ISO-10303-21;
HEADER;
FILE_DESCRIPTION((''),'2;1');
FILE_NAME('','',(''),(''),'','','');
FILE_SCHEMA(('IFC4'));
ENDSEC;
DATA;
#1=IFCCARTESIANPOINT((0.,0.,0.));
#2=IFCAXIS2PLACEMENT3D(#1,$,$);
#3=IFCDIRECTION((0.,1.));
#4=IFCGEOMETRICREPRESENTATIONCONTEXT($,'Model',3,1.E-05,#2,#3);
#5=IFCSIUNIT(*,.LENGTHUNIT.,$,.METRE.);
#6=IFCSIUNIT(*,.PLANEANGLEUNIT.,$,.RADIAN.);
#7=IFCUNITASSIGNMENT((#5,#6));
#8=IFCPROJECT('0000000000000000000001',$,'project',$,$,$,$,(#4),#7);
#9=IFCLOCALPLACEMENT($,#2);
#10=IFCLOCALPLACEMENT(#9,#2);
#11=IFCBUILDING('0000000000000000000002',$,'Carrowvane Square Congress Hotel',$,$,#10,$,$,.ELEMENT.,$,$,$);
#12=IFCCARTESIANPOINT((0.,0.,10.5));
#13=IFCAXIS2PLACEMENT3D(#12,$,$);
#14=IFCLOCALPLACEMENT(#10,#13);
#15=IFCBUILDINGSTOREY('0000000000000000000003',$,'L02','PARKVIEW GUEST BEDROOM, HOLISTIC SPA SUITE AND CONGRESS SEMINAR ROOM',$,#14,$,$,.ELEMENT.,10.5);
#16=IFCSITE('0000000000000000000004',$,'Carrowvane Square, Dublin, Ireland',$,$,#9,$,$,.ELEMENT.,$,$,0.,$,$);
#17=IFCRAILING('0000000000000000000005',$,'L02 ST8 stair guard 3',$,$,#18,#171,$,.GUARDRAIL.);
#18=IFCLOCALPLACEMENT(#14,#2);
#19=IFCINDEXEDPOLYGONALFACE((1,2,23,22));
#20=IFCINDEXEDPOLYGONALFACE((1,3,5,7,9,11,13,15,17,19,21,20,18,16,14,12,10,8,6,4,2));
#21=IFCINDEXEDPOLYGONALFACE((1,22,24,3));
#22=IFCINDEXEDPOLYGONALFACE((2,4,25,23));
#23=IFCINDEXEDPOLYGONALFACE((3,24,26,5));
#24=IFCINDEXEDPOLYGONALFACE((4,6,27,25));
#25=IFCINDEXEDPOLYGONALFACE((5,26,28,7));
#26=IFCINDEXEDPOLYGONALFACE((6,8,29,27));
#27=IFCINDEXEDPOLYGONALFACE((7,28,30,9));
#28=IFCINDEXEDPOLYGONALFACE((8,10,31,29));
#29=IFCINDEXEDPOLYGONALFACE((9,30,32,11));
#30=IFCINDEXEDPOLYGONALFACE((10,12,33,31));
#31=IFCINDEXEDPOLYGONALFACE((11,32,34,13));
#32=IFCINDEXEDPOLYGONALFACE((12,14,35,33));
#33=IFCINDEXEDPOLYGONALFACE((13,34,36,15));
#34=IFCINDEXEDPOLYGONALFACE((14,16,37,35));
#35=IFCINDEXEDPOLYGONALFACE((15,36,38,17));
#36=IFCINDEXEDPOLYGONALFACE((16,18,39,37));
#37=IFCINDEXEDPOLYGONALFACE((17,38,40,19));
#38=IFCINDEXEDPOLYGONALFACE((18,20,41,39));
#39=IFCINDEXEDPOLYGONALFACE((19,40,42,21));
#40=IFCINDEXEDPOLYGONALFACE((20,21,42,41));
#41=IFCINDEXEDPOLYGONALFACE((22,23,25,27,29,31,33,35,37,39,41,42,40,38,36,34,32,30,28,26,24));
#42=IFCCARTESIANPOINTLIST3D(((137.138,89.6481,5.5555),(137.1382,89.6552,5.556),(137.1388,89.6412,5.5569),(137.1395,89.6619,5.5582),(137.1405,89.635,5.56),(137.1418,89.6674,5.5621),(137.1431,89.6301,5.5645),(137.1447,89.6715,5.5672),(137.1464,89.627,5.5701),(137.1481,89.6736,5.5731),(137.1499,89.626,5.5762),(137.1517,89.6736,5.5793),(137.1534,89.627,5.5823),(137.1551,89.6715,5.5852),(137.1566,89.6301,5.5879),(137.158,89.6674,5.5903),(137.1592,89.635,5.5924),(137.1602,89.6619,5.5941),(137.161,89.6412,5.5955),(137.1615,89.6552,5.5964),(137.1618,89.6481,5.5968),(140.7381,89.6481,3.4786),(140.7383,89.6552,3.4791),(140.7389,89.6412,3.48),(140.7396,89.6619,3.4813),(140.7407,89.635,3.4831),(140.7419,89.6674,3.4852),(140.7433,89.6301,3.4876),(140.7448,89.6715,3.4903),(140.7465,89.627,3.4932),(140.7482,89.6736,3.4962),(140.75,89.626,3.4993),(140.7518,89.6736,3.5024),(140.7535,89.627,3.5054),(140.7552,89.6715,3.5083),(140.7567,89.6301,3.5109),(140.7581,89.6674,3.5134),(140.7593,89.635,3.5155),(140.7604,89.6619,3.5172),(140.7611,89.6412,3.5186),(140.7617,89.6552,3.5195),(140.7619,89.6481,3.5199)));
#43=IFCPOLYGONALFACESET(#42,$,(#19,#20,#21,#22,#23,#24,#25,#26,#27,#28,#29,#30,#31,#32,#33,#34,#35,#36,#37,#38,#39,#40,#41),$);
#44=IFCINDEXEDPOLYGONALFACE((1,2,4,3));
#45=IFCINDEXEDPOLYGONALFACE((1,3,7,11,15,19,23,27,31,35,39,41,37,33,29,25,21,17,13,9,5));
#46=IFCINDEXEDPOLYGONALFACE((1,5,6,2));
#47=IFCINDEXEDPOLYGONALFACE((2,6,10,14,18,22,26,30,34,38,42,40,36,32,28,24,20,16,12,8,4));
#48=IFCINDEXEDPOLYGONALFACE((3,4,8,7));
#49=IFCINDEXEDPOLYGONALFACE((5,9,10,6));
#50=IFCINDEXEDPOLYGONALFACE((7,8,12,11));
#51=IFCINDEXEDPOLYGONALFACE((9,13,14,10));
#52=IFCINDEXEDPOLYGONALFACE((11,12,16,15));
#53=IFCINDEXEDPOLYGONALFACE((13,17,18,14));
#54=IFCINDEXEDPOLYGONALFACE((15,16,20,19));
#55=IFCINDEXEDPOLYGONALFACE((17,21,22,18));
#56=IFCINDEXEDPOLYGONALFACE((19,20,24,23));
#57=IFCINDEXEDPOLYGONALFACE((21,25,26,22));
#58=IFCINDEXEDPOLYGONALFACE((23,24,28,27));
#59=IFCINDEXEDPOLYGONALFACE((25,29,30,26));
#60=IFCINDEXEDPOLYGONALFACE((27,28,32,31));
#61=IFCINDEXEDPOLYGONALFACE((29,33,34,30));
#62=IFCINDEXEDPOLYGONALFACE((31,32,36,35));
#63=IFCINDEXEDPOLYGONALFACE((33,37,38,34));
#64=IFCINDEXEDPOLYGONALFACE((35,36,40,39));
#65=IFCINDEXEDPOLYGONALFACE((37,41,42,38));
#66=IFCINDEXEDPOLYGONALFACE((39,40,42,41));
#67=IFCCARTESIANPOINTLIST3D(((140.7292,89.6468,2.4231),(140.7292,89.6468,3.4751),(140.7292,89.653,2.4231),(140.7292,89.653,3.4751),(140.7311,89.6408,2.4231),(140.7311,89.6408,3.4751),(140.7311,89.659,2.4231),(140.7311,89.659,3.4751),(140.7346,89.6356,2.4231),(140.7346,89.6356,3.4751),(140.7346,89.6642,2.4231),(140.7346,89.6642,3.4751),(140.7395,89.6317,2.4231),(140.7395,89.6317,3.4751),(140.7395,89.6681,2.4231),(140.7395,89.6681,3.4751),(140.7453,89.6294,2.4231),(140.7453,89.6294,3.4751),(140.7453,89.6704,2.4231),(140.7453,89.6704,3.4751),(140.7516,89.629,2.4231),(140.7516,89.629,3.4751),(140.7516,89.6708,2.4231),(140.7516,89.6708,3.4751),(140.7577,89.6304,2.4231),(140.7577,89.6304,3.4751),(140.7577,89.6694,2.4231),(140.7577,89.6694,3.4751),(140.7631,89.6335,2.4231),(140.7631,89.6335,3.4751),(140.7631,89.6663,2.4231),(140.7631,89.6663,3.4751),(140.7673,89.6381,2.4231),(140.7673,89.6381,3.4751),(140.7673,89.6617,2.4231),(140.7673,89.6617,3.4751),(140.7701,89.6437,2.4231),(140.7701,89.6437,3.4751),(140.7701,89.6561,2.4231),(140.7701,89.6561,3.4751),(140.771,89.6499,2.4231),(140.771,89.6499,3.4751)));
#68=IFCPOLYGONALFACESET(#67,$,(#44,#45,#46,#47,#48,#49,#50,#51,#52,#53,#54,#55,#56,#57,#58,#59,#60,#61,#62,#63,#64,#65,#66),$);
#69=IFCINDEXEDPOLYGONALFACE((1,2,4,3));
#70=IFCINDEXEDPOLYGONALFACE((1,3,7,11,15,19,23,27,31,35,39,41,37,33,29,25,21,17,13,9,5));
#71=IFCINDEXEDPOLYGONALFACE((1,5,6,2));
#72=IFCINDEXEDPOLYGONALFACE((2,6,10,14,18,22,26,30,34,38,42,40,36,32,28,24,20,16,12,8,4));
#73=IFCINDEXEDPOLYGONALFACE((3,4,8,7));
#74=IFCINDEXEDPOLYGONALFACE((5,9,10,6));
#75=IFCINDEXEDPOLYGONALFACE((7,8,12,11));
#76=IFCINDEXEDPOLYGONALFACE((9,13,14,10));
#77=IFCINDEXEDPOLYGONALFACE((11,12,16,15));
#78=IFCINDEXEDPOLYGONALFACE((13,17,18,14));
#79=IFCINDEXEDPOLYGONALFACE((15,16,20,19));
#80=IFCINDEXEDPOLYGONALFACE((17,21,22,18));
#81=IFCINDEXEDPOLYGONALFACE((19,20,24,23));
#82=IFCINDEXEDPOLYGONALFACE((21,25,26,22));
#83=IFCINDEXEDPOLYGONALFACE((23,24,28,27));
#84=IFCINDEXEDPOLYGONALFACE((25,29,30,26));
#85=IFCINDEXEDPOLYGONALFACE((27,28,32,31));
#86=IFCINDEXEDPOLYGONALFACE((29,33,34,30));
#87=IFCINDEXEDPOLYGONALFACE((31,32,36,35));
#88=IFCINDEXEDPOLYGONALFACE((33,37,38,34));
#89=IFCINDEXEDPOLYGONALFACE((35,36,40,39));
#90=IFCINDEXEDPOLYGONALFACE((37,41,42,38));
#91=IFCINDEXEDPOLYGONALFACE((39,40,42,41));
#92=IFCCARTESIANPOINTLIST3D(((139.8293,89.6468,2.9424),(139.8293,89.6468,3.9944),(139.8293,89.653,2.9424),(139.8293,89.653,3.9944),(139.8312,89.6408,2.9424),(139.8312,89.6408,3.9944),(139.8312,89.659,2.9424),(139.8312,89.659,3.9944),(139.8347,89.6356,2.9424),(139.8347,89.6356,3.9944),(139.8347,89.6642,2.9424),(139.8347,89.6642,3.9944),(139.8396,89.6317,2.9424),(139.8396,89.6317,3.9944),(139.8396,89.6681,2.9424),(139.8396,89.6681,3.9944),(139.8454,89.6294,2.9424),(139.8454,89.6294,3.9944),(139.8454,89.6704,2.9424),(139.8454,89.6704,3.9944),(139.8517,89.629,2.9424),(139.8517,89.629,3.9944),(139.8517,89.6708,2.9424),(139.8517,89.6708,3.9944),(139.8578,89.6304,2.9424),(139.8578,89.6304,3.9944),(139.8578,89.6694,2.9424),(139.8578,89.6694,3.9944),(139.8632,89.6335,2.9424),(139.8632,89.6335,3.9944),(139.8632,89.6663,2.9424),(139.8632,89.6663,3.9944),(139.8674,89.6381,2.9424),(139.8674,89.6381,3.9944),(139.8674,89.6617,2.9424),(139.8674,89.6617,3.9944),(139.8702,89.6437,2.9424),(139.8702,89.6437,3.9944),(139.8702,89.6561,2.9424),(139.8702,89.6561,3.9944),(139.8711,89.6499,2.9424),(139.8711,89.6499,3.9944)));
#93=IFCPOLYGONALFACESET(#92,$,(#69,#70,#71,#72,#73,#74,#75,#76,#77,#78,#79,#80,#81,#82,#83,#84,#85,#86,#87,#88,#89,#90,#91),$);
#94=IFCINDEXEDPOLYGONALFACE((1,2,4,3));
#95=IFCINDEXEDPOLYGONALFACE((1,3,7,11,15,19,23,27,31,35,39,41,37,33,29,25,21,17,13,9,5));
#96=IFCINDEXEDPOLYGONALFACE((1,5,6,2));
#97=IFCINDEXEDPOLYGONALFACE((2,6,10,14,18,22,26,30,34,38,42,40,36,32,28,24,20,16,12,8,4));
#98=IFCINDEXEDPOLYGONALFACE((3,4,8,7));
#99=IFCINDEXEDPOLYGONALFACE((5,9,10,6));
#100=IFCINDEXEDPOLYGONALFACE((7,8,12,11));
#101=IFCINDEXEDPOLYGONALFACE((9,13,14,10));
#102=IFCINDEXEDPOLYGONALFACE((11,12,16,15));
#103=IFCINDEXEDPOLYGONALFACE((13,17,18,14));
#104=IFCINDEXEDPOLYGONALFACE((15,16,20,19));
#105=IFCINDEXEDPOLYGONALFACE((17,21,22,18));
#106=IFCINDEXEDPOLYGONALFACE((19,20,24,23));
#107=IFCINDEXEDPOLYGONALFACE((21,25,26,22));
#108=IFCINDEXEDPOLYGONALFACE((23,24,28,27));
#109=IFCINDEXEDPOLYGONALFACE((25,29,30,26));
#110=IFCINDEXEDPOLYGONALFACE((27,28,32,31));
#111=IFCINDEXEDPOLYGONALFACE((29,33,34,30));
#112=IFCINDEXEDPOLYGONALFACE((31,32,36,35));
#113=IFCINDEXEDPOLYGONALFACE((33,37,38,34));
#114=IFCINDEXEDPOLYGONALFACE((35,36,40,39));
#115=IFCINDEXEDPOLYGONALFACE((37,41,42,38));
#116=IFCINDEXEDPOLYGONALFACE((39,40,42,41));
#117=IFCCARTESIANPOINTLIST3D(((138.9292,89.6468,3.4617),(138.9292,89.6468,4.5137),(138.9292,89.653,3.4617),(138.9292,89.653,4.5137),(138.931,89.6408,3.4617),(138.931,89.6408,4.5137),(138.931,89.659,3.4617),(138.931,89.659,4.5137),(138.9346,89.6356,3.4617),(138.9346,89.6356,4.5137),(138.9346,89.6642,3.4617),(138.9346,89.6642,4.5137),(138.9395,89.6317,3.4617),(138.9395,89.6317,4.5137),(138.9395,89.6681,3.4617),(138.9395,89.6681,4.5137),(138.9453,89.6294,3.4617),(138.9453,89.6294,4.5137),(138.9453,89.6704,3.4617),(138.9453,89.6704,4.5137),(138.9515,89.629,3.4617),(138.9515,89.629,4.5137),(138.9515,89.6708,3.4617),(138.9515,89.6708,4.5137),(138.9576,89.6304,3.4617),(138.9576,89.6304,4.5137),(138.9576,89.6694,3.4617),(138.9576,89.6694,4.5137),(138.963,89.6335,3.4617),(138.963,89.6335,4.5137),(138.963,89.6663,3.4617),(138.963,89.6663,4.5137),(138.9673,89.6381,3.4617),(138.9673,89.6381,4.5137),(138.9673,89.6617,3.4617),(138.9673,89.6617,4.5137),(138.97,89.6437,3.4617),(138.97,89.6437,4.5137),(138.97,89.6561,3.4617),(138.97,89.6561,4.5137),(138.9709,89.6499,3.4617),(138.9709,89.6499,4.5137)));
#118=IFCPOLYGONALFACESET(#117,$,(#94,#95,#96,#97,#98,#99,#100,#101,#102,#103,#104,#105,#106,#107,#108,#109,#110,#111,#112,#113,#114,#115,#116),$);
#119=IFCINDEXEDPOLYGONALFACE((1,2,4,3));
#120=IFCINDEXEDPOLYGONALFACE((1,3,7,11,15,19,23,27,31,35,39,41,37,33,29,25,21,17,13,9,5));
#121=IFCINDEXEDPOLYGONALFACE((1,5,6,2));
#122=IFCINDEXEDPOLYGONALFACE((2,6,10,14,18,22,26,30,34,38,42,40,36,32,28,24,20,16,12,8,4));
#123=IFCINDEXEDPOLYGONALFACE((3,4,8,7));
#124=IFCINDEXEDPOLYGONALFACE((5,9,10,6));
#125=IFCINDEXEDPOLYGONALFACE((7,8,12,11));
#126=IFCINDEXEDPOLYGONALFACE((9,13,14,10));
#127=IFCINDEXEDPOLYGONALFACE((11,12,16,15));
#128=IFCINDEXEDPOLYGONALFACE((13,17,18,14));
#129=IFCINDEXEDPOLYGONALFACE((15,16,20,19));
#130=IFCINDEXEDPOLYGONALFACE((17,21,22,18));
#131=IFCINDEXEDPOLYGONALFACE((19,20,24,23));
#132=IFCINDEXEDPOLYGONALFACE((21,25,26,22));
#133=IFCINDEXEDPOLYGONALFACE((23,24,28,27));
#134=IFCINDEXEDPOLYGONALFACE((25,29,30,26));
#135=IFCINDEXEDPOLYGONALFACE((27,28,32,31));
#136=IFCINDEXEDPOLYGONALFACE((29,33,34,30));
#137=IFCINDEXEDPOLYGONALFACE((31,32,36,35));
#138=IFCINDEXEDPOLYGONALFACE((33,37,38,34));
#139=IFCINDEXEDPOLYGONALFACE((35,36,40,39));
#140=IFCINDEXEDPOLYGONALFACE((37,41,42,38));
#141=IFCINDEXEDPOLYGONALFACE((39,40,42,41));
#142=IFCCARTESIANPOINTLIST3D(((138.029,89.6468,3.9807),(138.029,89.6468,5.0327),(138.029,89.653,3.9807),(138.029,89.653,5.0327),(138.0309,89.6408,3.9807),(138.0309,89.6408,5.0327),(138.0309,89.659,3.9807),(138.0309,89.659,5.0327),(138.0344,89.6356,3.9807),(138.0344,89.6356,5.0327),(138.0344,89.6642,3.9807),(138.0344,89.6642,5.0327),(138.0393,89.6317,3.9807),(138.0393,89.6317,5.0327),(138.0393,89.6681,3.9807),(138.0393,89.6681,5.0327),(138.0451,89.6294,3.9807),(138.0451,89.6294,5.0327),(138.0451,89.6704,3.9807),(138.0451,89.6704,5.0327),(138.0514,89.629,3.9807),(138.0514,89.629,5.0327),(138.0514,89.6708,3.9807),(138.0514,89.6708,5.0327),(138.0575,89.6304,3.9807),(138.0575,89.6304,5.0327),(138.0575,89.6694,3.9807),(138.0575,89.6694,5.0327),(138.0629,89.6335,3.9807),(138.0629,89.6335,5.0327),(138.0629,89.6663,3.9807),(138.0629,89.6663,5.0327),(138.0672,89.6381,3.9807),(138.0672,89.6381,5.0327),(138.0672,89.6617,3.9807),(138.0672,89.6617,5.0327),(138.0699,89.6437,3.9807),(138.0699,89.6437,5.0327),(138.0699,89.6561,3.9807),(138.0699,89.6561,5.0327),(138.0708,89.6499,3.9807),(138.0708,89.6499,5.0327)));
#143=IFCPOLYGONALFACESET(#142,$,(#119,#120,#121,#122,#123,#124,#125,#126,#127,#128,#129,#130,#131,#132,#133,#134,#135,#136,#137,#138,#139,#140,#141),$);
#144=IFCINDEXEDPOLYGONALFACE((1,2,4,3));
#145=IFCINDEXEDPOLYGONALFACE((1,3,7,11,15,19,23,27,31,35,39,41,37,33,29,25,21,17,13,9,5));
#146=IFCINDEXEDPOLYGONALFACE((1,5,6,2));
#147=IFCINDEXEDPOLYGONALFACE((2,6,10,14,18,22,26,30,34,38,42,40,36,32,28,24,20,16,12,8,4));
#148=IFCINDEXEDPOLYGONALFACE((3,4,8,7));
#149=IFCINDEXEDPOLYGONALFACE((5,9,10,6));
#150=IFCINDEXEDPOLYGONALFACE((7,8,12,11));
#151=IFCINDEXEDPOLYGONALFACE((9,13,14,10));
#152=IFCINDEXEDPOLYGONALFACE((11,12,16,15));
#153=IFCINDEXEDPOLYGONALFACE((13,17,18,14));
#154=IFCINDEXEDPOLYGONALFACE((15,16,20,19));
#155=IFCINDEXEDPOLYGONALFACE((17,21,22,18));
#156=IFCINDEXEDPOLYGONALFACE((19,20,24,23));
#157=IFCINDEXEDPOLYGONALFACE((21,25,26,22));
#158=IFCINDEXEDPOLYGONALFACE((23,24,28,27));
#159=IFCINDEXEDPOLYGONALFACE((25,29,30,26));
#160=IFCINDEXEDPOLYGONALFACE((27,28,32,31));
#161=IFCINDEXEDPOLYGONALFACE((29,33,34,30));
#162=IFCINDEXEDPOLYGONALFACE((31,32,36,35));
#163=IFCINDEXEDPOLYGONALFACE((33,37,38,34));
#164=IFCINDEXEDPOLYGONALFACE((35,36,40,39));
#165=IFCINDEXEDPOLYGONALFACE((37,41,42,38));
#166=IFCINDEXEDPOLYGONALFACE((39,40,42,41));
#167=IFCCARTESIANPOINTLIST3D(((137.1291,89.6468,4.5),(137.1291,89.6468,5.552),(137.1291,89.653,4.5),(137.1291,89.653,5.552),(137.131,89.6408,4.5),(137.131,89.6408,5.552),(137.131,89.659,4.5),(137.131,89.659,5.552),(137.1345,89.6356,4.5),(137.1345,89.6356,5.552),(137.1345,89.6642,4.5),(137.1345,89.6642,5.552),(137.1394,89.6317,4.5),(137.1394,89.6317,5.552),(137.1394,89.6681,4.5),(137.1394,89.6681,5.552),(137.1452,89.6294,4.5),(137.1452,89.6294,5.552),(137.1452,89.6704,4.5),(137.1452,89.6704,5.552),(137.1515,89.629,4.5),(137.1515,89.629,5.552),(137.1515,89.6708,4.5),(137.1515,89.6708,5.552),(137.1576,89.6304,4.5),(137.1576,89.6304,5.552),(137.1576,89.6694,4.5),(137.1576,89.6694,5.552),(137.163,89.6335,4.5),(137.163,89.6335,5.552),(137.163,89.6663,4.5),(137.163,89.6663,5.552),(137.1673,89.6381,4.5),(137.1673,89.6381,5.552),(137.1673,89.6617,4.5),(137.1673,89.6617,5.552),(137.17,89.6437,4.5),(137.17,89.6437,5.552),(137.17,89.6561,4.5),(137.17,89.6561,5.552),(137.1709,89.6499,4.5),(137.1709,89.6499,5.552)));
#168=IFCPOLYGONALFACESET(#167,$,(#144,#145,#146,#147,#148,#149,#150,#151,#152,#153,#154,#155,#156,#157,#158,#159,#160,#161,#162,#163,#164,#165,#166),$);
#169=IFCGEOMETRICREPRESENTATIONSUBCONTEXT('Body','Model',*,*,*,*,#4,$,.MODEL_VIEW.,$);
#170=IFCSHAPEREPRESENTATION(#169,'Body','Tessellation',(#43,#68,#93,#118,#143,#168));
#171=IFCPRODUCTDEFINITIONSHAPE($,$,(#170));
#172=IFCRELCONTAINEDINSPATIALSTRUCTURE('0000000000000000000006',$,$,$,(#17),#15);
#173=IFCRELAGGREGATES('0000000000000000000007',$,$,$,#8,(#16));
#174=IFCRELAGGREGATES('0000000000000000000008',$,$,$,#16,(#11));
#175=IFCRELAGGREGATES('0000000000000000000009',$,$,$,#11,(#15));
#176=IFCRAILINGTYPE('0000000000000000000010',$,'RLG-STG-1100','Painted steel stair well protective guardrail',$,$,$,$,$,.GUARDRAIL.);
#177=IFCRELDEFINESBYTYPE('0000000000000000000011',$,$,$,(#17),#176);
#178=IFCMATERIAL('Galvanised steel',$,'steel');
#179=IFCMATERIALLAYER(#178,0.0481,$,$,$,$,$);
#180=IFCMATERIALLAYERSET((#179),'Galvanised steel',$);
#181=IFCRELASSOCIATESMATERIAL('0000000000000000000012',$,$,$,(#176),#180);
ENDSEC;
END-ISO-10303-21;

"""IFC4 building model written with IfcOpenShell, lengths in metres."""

from ifc_helpers import new_model, si_unit, direction, frame, origin, origin_2d, place, context, subcontext, project, spatial, circle, extrude, material, layer, layer_set, type_object, element, save


model = new_model("IFC4")

# Units and contexts
model_context = context("Model", 3, precision=1e-05, world=origin(), true_north=direction((0.0, 1.0)))
body_context = subcontext(model_context, "Body", "Model", "MODEL_VIEW")
ifc_project = project(units=[si_unit("LENGTHUNIT", "METRE"), si_unit("PLANEANGLEUNIT", "RADIAN")], contexts=[model_context])

# Site, building, storey
site_placement = place(None, origin())
site = spatial("IfcSite", under=ifc_project, at=site_placement, Name="Carrowvane Square, Dublin, Ireland", CompositionType="ELEMENT", RefElevation=0.0)
building_placement = place(site_placement, origin())
building = spatial("IfcBuilding", under=site, at=building_placement, Name="Carrowvane Square Congress Hotel", CompositionType="ELEMENT")
storey_placement = place(building_placement, frame((0.0, 0.0, 10.5)))
storey = spatial("IfcBuildingStorey", under=building, at=storey_placement, Name="L02", Description="PARKVIEW GUEST BEDROOM, HOLISTIC SPA SUITE AND CONGRESS SEMINAR ROOM", CompositionType="ELEMENT", Elevation=10.5)

# Railing
ifc_material_1 = material(Name="Galvanised steel", Category="steel")
ifc_layer_1 = layer(ifc_material_1, 0.0481)
ifc_layer_set_1 = layer_set([ifc_layer_1], Name="Galvanised steel")
railing_type_1 = type_object("IfcRailingType", Name="RLG-STG-1100", Description="Painted steel stair well protective guardrail", PredefinedType="GUARDRAIL", material=ifc_layer_set_1)
railing_1_placement = place(storey_placement, frame((140.75, 89.6499, 2.4231)))
element("IfcRailing", 1, at=railing_1_placement, inside=storey, type_object=railing_type_1, Name="L02 ST8 stair guard 3", PredefinedType="GUARDRAIL", context=body_context, shape_type="SweptSolid", body=[
    extrude(circle(Radius=0.0239, at=origin_2d()), frame((0.0, 0.0, 1.0762), z_axis=(-0.866193, 0.0, 0.499709), x_axis=(0.0, -1.0, 0.0)), (0.0, 0.0, 1.0), 4.1562),
    extrude(circle(Radius=0.021, at=origin_2d()), origin(), (0.0, 0.0, 1.0), 1.052),
    extrude(circle(Radius=0.021, at=origin_2d()), frame((-0.8999, 0.0, 0.5193)), (0.0, 0.0, 1.0), 1.052),
    extrude(circle(Radius=0.021, at=origin_2d()), frame((-1.8, 0.0, 1.0386)), (0.0, 0.0, 1.0), 1.052),
    extrude(circle(Radius=0.021, at=origin_2d()), frame((-2.7002, 0.0, 1.5576)), (0.0, 0.0, 1.0), 1.052),
    extrude(circle(Radius=0.021, at=origin_2d()), frame((-3.6001, 0.0, 2.0769)), (0.0, 0.0, 1.0), 1.052),
])

save(model, "model.ifc")
